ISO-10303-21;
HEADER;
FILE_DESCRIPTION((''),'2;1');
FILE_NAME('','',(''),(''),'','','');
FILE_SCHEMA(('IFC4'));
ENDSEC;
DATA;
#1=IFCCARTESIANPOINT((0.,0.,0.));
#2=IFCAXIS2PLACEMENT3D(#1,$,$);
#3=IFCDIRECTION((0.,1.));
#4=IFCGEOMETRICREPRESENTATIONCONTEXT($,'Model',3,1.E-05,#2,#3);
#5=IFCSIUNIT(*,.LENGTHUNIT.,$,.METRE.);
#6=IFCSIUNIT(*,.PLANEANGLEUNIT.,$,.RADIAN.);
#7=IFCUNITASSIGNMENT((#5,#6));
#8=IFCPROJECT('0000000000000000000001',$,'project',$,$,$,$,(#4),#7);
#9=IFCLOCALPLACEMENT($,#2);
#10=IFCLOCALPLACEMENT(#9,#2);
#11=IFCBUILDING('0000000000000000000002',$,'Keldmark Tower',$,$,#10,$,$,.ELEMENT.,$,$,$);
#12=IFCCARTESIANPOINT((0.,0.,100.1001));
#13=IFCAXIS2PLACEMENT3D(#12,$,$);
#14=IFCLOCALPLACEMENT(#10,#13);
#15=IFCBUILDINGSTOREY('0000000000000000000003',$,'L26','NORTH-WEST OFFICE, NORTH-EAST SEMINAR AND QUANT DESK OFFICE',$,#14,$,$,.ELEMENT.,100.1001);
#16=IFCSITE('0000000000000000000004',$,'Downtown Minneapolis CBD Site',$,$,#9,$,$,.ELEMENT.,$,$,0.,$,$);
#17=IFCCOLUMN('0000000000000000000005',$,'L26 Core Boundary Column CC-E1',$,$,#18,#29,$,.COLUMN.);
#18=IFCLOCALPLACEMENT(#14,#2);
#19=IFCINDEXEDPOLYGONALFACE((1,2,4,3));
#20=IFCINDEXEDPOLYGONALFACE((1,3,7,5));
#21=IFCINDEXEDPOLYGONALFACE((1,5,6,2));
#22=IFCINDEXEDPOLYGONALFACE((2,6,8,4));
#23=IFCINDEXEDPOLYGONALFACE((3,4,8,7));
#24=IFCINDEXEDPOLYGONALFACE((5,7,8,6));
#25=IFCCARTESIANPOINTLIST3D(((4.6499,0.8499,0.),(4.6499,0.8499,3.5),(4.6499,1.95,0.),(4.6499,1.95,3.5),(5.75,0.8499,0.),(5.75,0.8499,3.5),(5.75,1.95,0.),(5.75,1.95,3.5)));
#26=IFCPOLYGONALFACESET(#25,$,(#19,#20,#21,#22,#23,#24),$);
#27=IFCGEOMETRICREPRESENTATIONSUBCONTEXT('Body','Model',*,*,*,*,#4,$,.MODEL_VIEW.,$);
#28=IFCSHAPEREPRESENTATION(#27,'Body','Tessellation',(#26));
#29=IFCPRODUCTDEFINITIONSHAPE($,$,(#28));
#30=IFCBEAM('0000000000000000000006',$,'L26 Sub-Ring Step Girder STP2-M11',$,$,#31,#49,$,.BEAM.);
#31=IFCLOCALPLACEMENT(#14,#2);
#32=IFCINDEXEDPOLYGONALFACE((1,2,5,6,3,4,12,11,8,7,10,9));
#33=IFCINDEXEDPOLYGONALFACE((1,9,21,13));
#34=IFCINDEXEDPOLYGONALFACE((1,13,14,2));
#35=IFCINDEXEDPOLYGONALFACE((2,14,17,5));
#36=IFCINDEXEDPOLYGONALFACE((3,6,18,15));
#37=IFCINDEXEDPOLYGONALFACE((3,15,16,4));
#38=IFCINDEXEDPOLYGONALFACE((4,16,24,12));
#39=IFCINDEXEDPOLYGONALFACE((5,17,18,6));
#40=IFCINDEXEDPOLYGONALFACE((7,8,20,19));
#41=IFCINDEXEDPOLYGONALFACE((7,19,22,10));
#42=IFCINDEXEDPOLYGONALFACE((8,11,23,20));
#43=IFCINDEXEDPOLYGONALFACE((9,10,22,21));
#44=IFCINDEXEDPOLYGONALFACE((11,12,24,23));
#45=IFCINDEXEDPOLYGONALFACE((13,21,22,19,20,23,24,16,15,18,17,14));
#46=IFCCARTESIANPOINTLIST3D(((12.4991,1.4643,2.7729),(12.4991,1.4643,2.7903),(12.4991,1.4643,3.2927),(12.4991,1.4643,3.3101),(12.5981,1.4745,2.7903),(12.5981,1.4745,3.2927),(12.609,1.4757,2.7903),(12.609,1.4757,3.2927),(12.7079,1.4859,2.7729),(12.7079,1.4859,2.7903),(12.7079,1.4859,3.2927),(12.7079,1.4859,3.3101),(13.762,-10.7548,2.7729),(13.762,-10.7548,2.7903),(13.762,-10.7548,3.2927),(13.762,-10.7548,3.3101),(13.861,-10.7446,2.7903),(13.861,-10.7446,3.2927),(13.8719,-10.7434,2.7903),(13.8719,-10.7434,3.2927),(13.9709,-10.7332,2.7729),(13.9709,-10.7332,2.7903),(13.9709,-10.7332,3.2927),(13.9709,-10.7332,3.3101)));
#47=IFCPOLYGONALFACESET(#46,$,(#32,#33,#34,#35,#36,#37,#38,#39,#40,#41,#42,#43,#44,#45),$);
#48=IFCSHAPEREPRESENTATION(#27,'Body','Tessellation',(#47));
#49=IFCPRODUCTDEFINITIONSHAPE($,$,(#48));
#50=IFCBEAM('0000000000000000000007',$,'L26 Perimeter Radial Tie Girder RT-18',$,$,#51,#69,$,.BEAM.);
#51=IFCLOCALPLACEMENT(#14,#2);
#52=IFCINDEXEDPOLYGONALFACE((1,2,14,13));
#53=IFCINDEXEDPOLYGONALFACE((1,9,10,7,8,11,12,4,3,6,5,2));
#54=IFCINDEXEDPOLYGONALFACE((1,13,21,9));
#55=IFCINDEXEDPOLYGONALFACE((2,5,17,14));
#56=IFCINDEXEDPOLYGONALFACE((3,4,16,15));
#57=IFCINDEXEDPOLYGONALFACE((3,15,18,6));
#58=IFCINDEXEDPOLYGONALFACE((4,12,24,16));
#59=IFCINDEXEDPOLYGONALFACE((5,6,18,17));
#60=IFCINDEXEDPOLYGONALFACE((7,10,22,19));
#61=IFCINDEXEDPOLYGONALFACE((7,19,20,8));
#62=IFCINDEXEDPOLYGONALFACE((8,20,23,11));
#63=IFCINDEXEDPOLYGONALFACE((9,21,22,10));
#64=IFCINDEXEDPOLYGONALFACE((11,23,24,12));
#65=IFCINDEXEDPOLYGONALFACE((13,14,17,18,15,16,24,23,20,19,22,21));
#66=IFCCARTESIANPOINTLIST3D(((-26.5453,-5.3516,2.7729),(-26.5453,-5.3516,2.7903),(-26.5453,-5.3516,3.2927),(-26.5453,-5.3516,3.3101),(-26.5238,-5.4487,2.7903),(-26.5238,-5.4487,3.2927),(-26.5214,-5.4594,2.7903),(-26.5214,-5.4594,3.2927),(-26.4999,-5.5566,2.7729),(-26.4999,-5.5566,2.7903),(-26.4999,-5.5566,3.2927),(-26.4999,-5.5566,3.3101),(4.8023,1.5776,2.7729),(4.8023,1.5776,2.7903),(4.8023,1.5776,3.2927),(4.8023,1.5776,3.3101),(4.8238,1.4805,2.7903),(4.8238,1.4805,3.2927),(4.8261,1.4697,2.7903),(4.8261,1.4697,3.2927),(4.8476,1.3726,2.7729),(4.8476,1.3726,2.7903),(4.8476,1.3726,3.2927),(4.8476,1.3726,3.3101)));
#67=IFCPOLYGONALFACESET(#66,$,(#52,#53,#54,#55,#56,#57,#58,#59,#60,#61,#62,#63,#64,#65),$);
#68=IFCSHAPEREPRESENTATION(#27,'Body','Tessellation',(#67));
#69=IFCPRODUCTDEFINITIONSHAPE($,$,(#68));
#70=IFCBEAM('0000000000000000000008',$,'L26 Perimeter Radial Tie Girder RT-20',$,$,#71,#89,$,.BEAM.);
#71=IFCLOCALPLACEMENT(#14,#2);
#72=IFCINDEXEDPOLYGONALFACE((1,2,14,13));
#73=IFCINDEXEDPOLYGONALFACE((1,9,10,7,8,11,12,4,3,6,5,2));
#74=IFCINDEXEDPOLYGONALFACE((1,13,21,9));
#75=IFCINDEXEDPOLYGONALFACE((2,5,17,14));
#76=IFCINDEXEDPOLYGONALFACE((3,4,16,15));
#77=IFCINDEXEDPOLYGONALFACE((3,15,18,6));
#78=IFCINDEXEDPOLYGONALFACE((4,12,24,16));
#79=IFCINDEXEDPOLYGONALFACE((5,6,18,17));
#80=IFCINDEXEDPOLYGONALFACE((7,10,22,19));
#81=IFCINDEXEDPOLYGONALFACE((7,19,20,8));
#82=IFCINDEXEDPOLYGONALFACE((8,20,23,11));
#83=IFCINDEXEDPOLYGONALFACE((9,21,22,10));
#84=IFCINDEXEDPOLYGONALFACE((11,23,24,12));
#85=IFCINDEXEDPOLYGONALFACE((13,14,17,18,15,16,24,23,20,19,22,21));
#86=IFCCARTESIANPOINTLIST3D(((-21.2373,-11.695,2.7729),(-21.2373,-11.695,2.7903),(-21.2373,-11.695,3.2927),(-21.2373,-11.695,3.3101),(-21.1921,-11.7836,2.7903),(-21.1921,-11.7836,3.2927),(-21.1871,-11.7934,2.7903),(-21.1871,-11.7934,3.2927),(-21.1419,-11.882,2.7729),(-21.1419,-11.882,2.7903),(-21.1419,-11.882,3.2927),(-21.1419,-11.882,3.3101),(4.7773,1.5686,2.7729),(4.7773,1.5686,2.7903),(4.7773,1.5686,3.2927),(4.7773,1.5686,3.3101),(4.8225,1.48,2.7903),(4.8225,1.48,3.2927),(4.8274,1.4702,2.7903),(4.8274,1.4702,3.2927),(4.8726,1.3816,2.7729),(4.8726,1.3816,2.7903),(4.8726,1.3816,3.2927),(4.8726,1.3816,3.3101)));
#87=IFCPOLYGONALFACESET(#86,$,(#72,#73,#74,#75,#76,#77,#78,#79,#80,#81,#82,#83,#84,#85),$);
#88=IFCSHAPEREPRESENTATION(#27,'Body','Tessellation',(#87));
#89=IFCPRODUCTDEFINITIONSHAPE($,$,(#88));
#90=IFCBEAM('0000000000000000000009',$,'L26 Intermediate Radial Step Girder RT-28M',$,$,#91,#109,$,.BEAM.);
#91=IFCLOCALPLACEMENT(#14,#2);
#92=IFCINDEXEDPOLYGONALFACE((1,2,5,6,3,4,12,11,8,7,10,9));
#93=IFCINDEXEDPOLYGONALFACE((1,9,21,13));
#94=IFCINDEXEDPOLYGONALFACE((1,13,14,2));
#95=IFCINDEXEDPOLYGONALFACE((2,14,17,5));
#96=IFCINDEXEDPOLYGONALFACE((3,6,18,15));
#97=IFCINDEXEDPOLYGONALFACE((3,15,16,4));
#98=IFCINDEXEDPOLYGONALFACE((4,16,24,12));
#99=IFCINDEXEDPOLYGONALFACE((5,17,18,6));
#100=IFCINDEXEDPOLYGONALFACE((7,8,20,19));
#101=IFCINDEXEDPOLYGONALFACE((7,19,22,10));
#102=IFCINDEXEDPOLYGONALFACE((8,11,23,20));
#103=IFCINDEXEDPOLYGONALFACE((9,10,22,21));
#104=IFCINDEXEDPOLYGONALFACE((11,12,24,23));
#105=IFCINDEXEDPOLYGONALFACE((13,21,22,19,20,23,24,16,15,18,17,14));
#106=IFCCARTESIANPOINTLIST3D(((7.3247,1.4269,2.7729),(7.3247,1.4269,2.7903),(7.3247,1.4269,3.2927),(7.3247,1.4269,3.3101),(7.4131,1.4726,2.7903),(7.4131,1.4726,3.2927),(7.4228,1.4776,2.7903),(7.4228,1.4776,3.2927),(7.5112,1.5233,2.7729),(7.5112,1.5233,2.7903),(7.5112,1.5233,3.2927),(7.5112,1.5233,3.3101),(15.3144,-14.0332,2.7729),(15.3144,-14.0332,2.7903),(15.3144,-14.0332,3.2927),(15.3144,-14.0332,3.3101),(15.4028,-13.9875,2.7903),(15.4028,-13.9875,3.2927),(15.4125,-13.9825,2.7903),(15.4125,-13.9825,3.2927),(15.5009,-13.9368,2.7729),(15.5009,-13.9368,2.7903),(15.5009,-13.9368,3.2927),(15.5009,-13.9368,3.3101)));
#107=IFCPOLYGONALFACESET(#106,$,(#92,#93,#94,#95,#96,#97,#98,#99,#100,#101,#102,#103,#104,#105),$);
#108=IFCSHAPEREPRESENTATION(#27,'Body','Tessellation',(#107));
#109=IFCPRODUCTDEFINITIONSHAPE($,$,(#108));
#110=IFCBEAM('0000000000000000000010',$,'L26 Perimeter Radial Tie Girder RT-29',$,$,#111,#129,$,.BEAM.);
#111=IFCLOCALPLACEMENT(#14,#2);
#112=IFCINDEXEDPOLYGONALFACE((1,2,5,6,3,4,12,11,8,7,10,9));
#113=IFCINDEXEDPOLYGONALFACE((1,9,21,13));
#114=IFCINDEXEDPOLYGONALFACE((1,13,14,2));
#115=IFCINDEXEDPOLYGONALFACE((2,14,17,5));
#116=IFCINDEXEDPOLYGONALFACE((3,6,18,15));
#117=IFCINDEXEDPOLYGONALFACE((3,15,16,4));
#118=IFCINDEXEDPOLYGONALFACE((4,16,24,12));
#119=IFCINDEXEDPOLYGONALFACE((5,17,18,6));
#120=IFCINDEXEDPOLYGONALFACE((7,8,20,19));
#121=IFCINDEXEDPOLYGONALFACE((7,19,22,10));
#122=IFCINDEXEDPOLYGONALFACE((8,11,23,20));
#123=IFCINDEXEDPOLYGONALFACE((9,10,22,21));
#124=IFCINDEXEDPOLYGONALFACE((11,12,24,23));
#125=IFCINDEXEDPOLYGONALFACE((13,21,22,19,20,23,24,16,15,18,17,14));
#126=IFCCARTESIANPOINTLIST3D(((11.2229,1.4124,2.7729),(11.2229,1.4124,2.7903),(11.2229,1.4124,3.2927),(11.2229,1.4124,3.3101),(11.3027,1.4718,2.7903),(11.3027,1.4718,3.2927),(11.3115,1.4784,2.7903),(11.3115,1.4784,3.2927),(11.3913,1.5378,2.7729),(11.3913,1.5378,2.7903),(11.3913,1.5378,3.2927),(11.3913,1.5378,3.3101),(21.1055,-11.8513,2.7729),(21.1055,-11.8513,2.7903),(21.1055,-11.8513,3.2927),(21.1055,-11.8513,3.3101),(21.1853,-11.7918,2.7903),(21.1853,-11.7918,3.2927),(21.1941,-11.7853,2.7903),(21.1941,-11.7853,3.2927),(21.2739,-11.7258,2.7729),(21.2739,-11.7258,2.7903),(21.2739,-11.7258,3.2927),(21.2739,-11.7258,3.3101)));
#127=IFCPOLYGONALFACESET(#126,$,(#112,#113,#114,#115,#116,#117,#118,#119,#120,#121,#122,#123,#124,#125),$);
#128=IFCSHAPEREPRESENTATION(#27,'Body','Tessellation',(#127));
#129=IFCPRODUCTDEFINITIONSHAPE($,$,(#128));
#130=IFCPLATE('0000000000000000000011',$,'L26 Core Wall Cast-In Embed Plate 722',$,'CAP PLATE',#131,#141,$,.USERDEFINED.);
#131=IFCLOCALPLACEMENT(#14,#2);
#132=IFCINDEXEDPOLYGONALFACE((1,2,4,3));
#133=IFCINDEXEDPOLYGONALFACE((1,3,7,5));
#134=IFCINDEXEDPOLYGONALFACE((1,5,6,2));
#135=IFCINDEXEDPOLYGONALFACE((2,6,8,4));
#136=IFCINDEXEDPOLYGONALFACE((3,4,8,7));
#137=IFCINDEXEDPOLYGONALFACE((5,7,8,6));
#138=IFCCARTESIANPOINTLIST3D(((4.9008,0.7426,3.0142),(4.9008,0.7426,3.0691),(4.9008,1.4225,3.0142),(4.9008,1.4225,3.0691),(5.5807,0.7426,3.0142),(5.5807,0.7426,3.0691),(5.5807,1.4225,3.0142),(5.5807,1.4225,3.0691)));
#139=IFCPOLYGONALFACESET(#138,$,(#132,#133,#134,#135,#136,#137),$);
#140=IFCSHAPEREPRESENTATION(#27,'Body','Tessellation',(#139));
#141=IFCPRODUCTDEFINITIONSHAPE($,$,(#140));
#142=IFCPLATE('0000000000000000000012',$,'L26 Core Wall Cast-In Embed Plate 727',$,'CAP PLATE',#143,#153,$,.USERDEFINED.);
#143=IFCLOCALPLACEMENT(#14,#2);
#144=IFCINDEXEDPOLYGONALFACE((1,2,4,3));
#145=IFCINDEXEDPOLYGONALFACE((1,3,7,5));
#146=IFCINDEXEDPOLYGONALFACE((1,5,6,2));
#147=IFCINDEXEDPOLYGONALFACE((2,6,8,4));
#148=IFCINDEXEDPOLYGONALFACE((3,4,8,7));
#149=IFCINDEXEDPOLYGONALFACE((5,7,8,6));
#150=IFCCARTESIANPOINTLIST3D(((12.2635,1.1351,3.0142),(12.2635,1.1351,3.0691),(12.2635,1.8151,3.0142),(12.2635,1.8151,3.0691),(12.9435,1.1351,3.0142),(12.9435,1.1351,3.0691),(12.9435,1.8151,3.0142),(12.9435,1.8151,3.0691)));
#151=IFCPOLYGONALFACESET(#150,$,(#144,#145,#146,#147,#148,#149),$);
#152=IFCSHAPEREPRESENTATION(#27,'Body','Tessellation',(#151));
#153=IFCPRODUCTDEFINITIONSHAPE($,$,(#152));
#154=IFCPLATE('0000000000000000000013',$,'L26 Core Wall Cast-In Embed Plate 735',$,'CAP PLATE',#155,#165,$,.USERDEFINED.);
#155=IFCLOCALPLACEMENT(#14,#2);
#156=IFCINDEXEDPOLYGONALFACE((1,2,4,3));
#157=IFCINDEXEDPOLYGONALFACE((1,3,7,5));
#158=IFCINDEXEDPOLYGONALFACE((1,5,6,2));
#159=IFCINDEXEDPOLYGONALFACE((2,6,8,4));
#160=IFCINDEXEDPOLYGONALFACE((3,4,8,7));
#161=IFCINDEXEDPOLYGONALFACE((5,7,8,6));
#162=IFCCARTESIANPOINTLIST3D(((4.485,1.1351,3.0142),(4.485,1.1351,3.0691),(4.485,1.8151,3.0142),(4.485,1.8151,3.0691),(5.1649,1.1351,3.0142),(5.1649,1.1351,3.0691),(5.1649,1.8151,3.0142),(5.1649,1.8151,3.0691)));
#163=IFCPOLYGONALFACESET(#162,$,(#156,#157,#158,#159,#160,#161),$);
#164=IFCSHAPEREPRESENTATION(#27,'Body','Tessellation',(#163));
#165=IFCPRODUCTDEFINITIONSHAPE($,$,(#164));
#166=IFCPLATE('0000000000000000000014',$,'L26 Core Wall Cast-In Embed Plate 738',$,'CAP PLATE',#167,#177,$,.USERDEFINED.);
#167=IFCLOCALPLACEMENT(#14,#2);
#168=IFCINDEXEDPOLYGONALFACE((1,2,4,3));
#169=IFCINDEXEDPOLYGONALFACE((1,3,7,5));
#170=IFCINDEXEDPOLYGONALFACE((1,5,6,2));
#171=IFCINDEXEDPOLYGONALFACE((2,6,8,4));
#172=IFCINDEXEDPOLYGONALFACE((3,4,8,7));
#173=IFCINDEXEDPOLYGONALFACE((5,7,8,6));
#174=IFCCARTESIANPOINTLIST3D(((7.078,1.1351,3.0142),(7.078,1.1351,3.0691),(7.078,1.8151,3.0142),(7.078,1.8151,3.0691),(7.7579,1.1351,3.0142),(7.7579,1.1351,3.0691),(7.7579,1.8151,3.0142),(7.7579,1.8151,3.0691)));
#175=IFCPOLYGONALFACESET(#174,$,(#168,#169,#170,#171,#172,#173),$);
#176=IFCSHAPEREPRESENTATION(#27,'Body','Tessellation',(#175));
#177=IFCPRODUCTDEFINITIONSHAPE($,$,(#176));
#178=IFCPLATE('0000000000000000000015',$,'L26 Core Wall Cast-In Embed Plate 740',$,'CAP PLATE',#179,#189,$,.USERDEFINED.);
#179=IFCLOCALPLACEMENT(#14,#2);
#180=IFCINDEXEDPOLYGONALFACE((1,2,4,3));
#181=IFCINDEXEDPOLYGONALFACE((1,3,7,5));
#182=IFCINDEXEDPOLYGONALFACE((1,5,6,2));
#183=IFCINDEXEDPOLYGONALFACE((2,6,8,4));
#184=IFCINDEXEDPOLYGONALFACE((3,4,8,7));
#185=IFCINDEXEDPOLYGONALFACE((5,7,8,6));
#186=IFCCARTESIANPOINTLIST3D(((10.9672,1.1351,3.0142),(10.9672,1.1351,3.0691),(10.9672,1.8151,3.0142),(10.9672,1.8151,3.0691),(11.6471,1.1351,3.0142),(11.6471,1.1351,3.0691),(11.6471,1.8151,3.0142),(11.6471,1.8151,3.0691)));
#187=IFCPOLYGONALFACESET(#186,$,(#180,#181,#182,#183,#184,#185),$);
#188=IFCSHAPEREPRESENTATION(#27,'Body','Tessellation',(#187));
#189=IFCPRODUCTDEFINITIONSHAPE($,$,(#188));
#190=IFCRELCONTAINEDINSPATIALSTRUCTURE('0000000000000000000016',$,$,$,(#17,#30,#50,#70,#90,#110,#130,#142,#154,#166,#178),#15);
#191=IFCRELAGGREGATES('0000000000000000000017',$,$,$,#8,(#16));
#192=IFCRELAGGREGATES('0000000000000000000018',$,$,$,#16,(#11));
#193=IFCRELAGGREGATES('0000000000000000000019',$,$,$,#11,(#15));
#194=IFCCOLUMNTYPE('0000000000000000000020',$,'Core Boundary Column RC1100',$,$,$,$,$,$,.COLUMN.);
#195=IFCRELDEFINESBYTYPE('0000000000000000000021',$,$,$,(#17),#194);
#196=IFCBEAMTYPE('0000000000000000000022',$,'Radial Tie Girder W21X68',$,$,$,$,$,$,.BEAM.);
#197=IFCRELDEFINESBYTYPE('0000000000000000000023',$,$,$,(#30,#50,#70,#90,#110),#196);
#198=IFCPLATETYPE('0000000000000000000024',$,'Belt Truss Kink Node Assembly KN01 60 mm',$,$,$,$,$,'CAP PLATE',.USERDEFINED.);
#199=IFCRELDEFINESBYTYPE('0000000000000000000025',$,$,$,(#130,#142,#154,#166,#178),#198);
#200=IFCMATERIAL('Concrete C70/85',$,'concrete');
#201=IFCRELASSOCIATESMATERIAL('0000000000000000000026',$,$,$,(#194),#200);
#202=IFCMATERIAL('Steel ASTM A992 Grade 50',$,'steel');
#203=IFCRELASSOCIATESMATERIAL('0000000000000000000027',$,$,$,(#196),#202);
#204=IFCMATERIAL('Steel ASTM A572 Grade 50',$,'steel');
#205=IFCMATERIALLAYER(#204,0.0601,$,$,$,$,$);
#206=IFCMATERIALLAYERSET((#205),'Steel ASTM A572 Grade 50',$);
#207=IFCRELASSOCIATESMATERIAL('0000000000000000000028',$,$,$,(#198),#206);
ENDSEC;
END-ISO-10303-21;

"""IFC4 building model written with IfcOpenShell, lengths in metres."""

from ifc_helpers import new_model, si_unit, direction, frame, origin, origin_2d, place, context, subcontext, project, spatial, rectangle, i_section, extrude, material, layer, layer_set, material_profile, profile_set, type_object, element, save


model = new_model("IFC4")

# Units and contexts
model_context = context("Model", 3, precision=1e-05, world=origin(), true_north=direction((0.0, 1.0)))
body_context = subcontext(model_context, "Body", "Model", "MODEL_VIEW")
ifc_project = project(units=[si_unit("LENGTHUNIT", "METRE"), si_unit("PLANEANGLEUNIT", "RADIAN")], contexts=[model_context])

# Site, building, storey
site_placement = place(None, origin())
site = spatial("IfcSite", under=ifc_project, at=site_placement, Name="Downtown Minneapolis CBD Site", CompositionType="ELEMENT", RefElevation=0.0)
building_placement = place(site_placement, origin())
building = spatial("IfcBuilding", under=site, at=building_placement, Name="Keldmark Tower", CompositionType="ELEMENT")
storey_placement = place(building_placement, frame((0.0, 0.0, 100.1001)))
storey = spatial("IfcBuildingStorey", under=building, at=storey_placement, Name="L26", Description="NORTH-WEST OFFICE, NORTH-EAST SEMINAR AND QUANT DESK OFFICE", CompositionType="ELEMENT", Elevation=100.1001)

# Column
ifc_material_1 = material(Name="Concrete C70/85", Category="concrete")
ifc_material_profile_1 = material_profile(ifc_material_1, rectangle(XDim=1.1001, YDim=1.1001, at=origin_2d()), Name="RC1100X1100")
ifc_profile_set_1 = profile_set([ifc_material_profile_1], Name="Concrete C70/85")
column_type = type_object("IfcColumnType", Name="Core Boundary Column RC1100", PredefinedType="COLUMN", material=ifc_profile_set_1)
column_placement = place(storey_placement, frame((5.2, 1.3999, 0.0), z_axis=(0.0, 0.0, 1.0), x_axis=(1.0, 0.0, 0.0)))
element("IfcColumn", 1, at=column_placement, inside=storey, type_object=column_type, Name="L26 Core Boundary Column CC-E1", PredefinedType="COLUMN", context=body_context, shape_type="SweptSolid", body=[
    extrude(rectangle(XDim=1.1001, YDim=1.1001, at=origin_2d()), origin(), (0.0, 0.0, 1.0), 3.5),
])

# Beams
ifc_material_2 = material(Name="Steel ASTM A992 Grade 50", Category="steel")
ifc_material_profile_2 = material_profile(ifc_material_2, i_section(OverallWidth=0.21, OverallDepth=0.5371, WebThickness=0.011, FlangeThickness=0.0173, at=origin_2d()), Name="W21X68")
ifc_profile_set_2 = profile_set([ifc_material_profile_2], Name="Steel ASTM A992 Grade 50")
beam_type = type_object("IfcBeamType", Name="Radial Tie Girder W21X68", PredefinedType="BEAM", material=ifc_profile_set_2)
beam_1_placement = place(storey_placement, frame((12.6035, 1.4751, 3.0415), z_axis=(0.102811, -0.994701, 0.0), x_axis=(0.994701, 0.102811, 0.0)))
element("IfcBeam", 2, at=beam_1_placement, inside=storey, type_object=beam_type, Name="L26 Sub-Ring Step Girder STP2-M11", PredefinedType="BEAM", context=body_context, shape_type="SweptSolid", body=[
    extrude(i_section(OverallWidth=0.21, OverallDepth=0.5371, WebThickness=0.011, FlangeThickness=0.0173, at=origin_2d()), origin(), (0.0, 0.0, 1.0), 12.2842),
])
beam_2_placement = place(storey_placement, frame((4.825, 1.4751, 3.0415), z_axis=(-0.97643, -0.215834, 0.0), x_axis=(0.215834, -0.97643, 0.0)))
element("IfcBeam", 3, at=beam_2_placement, inside=storey, type_object=beam_type, Name="L26 Perimeter Radial Tie Girder RT-18", PredefinedType="BEAM", context=body_context, shape_type="SweptSolid", body=[
    extrude(i_section(OverallWidth=0.21, OverallDepth=0.5371, WebThickness=0.011, FlangeThickness=0.0173, at=origin_2d()), origin(), (0.0, 0.0, 1.0), 32.1042),
])
beam_3_placement = place(storey_placement, frame((4.825, 1.4751, 3.0415), z_axis=(-0.890888, -0.454223, 0.0), x_axis=(0.454223, -0.890888, 0.0)))
element("IfcBeam", 4, at=beam_3_placement, inside=storey, type_object=beam_type, Name="L26 Perimeter Radial Tie Girder RT-20", PredefinedType="BEAM", context=body_context, shape_type="SweptSolid", body=[
    extrude(i_section(OverallWidth=0.21, OverallDepth=0.5371, WebThickness=0.011, FlangeThickness=0.0173, at=origin_2d()), origin(), (0.0, 0.0, 1.0), 29.2007),
])
beam_4_placement = place(storey_placement, frame((7.418, 1.4751, 3.0415), z_axis=(0.45911, -0.88838, 0.0), x_axis=(0.88838, 0.45911, 0.0)))
element("IfcBeam", 5, at=beam_4_placement, inside=storey, type_object=beam_type, Name="L26 Intermediate Radial Step Girder RT-28M", PredefinedType="BEAM", context=body_context, shape_type="SweptSolid", body=[
    extrude(i_section(OverallWidth=0.21, OverallDepth=0.5371, WebThickness=0.011, FlangeThickness=0.0173, at=origin_2d()), origin(), (0.0, 0.0, 1.0), 17.4026),
])
beam_5_placement = place(storey_placement, frame((11.3071, 1.4751, 3.0415), z_axis=(0.597475, -0.801888, 0.0), x_axis=(0.801888, 0.597475, 0.0)))
element("IfcBeam", 6, at=beam_5_placement, inside=storey, type_object=beam_type, Name="L26 Perimeter Radial Tie Girder RT-29", PredefinedType="BEAM", context=body_context, shape_type="SweptSolid", body=[
    extrude(i_section(OverallWidth=0.21, OverallDepth=0.5371, WebThickness=0.011, FlangeThickness=0.0173, at=origin_2d()), origin(), (0.0, 0.0, 1.0), 16.5405),
])

# Plates
ifc_material_3 = material(Name="Steel ASTM A572 Grade 50", Category="steel")
ifc_layer_1 = layer(ifc_material_3, 0.0601)
ifc_layer_set_1 = layer_set([ifc_layer_1], Name="Steel ASTM A572 Grade 50")
plate_type = type_object("IfcPlateType", Name="Belt Truss Kink Node Assembly KN01 60 mm", ElementType="CAP PLATE", PredefinedType="USERDEFINED", material=ifc_layer_set_1)
for number, where, z_axis, x_axis, name in (
    (7, (5.2407, 1.0825, 3.0142), (0.0, 0.0, 1.0), (1.0, 0.0, 0.0), "L26 Core Wall Cast-In Embed Plate 722"),
    (8, (12.6035, 1.4751, 3.0142), (0.0, 0.0, 1.0), (1.0, 0.0, 0.0), "L26 Core Wall Cast-In Embed Plate 727"),
    (9, (4.825, 1.4751, 3.0142), (0.0, 0.0, 1.0), (1.0, 0.0, 0.0), "L26 Core Wall Cast-In Embed Plate 735"),
    (10, (7.418, 1.4751, 3.0142), (0.0, 0.0, 1.0), (1.0, 0.0, 0.0), "L26 Core Wall Cast-In Embed Plate 738"),
    (11, (11.3071, 1.4751, 3.0142), (0.0, 0.0, 1.0), (1.0, 0.0, 0.0), "L26 Core Wall Cast-In Embed Plate 740"),
):
    element("IfcPlate", number, at=place(storey_placement, frame(where, z_axis=z_axis, x_axis=x_axis)), inside=storey, type_object=plate_type, Name=name, ObjectType="CAP PLATE", PredefinedType="USERDEFINED", context=body_context, shape_type="SweptSolid", body=[
        extrude(rectangle(XDim=0.6799, YDim=0.6799, at=origin_2d()), origin(), (0.0, 0.0, 1.0), 0.0549),
    ])

save(model, "model.ifc")
